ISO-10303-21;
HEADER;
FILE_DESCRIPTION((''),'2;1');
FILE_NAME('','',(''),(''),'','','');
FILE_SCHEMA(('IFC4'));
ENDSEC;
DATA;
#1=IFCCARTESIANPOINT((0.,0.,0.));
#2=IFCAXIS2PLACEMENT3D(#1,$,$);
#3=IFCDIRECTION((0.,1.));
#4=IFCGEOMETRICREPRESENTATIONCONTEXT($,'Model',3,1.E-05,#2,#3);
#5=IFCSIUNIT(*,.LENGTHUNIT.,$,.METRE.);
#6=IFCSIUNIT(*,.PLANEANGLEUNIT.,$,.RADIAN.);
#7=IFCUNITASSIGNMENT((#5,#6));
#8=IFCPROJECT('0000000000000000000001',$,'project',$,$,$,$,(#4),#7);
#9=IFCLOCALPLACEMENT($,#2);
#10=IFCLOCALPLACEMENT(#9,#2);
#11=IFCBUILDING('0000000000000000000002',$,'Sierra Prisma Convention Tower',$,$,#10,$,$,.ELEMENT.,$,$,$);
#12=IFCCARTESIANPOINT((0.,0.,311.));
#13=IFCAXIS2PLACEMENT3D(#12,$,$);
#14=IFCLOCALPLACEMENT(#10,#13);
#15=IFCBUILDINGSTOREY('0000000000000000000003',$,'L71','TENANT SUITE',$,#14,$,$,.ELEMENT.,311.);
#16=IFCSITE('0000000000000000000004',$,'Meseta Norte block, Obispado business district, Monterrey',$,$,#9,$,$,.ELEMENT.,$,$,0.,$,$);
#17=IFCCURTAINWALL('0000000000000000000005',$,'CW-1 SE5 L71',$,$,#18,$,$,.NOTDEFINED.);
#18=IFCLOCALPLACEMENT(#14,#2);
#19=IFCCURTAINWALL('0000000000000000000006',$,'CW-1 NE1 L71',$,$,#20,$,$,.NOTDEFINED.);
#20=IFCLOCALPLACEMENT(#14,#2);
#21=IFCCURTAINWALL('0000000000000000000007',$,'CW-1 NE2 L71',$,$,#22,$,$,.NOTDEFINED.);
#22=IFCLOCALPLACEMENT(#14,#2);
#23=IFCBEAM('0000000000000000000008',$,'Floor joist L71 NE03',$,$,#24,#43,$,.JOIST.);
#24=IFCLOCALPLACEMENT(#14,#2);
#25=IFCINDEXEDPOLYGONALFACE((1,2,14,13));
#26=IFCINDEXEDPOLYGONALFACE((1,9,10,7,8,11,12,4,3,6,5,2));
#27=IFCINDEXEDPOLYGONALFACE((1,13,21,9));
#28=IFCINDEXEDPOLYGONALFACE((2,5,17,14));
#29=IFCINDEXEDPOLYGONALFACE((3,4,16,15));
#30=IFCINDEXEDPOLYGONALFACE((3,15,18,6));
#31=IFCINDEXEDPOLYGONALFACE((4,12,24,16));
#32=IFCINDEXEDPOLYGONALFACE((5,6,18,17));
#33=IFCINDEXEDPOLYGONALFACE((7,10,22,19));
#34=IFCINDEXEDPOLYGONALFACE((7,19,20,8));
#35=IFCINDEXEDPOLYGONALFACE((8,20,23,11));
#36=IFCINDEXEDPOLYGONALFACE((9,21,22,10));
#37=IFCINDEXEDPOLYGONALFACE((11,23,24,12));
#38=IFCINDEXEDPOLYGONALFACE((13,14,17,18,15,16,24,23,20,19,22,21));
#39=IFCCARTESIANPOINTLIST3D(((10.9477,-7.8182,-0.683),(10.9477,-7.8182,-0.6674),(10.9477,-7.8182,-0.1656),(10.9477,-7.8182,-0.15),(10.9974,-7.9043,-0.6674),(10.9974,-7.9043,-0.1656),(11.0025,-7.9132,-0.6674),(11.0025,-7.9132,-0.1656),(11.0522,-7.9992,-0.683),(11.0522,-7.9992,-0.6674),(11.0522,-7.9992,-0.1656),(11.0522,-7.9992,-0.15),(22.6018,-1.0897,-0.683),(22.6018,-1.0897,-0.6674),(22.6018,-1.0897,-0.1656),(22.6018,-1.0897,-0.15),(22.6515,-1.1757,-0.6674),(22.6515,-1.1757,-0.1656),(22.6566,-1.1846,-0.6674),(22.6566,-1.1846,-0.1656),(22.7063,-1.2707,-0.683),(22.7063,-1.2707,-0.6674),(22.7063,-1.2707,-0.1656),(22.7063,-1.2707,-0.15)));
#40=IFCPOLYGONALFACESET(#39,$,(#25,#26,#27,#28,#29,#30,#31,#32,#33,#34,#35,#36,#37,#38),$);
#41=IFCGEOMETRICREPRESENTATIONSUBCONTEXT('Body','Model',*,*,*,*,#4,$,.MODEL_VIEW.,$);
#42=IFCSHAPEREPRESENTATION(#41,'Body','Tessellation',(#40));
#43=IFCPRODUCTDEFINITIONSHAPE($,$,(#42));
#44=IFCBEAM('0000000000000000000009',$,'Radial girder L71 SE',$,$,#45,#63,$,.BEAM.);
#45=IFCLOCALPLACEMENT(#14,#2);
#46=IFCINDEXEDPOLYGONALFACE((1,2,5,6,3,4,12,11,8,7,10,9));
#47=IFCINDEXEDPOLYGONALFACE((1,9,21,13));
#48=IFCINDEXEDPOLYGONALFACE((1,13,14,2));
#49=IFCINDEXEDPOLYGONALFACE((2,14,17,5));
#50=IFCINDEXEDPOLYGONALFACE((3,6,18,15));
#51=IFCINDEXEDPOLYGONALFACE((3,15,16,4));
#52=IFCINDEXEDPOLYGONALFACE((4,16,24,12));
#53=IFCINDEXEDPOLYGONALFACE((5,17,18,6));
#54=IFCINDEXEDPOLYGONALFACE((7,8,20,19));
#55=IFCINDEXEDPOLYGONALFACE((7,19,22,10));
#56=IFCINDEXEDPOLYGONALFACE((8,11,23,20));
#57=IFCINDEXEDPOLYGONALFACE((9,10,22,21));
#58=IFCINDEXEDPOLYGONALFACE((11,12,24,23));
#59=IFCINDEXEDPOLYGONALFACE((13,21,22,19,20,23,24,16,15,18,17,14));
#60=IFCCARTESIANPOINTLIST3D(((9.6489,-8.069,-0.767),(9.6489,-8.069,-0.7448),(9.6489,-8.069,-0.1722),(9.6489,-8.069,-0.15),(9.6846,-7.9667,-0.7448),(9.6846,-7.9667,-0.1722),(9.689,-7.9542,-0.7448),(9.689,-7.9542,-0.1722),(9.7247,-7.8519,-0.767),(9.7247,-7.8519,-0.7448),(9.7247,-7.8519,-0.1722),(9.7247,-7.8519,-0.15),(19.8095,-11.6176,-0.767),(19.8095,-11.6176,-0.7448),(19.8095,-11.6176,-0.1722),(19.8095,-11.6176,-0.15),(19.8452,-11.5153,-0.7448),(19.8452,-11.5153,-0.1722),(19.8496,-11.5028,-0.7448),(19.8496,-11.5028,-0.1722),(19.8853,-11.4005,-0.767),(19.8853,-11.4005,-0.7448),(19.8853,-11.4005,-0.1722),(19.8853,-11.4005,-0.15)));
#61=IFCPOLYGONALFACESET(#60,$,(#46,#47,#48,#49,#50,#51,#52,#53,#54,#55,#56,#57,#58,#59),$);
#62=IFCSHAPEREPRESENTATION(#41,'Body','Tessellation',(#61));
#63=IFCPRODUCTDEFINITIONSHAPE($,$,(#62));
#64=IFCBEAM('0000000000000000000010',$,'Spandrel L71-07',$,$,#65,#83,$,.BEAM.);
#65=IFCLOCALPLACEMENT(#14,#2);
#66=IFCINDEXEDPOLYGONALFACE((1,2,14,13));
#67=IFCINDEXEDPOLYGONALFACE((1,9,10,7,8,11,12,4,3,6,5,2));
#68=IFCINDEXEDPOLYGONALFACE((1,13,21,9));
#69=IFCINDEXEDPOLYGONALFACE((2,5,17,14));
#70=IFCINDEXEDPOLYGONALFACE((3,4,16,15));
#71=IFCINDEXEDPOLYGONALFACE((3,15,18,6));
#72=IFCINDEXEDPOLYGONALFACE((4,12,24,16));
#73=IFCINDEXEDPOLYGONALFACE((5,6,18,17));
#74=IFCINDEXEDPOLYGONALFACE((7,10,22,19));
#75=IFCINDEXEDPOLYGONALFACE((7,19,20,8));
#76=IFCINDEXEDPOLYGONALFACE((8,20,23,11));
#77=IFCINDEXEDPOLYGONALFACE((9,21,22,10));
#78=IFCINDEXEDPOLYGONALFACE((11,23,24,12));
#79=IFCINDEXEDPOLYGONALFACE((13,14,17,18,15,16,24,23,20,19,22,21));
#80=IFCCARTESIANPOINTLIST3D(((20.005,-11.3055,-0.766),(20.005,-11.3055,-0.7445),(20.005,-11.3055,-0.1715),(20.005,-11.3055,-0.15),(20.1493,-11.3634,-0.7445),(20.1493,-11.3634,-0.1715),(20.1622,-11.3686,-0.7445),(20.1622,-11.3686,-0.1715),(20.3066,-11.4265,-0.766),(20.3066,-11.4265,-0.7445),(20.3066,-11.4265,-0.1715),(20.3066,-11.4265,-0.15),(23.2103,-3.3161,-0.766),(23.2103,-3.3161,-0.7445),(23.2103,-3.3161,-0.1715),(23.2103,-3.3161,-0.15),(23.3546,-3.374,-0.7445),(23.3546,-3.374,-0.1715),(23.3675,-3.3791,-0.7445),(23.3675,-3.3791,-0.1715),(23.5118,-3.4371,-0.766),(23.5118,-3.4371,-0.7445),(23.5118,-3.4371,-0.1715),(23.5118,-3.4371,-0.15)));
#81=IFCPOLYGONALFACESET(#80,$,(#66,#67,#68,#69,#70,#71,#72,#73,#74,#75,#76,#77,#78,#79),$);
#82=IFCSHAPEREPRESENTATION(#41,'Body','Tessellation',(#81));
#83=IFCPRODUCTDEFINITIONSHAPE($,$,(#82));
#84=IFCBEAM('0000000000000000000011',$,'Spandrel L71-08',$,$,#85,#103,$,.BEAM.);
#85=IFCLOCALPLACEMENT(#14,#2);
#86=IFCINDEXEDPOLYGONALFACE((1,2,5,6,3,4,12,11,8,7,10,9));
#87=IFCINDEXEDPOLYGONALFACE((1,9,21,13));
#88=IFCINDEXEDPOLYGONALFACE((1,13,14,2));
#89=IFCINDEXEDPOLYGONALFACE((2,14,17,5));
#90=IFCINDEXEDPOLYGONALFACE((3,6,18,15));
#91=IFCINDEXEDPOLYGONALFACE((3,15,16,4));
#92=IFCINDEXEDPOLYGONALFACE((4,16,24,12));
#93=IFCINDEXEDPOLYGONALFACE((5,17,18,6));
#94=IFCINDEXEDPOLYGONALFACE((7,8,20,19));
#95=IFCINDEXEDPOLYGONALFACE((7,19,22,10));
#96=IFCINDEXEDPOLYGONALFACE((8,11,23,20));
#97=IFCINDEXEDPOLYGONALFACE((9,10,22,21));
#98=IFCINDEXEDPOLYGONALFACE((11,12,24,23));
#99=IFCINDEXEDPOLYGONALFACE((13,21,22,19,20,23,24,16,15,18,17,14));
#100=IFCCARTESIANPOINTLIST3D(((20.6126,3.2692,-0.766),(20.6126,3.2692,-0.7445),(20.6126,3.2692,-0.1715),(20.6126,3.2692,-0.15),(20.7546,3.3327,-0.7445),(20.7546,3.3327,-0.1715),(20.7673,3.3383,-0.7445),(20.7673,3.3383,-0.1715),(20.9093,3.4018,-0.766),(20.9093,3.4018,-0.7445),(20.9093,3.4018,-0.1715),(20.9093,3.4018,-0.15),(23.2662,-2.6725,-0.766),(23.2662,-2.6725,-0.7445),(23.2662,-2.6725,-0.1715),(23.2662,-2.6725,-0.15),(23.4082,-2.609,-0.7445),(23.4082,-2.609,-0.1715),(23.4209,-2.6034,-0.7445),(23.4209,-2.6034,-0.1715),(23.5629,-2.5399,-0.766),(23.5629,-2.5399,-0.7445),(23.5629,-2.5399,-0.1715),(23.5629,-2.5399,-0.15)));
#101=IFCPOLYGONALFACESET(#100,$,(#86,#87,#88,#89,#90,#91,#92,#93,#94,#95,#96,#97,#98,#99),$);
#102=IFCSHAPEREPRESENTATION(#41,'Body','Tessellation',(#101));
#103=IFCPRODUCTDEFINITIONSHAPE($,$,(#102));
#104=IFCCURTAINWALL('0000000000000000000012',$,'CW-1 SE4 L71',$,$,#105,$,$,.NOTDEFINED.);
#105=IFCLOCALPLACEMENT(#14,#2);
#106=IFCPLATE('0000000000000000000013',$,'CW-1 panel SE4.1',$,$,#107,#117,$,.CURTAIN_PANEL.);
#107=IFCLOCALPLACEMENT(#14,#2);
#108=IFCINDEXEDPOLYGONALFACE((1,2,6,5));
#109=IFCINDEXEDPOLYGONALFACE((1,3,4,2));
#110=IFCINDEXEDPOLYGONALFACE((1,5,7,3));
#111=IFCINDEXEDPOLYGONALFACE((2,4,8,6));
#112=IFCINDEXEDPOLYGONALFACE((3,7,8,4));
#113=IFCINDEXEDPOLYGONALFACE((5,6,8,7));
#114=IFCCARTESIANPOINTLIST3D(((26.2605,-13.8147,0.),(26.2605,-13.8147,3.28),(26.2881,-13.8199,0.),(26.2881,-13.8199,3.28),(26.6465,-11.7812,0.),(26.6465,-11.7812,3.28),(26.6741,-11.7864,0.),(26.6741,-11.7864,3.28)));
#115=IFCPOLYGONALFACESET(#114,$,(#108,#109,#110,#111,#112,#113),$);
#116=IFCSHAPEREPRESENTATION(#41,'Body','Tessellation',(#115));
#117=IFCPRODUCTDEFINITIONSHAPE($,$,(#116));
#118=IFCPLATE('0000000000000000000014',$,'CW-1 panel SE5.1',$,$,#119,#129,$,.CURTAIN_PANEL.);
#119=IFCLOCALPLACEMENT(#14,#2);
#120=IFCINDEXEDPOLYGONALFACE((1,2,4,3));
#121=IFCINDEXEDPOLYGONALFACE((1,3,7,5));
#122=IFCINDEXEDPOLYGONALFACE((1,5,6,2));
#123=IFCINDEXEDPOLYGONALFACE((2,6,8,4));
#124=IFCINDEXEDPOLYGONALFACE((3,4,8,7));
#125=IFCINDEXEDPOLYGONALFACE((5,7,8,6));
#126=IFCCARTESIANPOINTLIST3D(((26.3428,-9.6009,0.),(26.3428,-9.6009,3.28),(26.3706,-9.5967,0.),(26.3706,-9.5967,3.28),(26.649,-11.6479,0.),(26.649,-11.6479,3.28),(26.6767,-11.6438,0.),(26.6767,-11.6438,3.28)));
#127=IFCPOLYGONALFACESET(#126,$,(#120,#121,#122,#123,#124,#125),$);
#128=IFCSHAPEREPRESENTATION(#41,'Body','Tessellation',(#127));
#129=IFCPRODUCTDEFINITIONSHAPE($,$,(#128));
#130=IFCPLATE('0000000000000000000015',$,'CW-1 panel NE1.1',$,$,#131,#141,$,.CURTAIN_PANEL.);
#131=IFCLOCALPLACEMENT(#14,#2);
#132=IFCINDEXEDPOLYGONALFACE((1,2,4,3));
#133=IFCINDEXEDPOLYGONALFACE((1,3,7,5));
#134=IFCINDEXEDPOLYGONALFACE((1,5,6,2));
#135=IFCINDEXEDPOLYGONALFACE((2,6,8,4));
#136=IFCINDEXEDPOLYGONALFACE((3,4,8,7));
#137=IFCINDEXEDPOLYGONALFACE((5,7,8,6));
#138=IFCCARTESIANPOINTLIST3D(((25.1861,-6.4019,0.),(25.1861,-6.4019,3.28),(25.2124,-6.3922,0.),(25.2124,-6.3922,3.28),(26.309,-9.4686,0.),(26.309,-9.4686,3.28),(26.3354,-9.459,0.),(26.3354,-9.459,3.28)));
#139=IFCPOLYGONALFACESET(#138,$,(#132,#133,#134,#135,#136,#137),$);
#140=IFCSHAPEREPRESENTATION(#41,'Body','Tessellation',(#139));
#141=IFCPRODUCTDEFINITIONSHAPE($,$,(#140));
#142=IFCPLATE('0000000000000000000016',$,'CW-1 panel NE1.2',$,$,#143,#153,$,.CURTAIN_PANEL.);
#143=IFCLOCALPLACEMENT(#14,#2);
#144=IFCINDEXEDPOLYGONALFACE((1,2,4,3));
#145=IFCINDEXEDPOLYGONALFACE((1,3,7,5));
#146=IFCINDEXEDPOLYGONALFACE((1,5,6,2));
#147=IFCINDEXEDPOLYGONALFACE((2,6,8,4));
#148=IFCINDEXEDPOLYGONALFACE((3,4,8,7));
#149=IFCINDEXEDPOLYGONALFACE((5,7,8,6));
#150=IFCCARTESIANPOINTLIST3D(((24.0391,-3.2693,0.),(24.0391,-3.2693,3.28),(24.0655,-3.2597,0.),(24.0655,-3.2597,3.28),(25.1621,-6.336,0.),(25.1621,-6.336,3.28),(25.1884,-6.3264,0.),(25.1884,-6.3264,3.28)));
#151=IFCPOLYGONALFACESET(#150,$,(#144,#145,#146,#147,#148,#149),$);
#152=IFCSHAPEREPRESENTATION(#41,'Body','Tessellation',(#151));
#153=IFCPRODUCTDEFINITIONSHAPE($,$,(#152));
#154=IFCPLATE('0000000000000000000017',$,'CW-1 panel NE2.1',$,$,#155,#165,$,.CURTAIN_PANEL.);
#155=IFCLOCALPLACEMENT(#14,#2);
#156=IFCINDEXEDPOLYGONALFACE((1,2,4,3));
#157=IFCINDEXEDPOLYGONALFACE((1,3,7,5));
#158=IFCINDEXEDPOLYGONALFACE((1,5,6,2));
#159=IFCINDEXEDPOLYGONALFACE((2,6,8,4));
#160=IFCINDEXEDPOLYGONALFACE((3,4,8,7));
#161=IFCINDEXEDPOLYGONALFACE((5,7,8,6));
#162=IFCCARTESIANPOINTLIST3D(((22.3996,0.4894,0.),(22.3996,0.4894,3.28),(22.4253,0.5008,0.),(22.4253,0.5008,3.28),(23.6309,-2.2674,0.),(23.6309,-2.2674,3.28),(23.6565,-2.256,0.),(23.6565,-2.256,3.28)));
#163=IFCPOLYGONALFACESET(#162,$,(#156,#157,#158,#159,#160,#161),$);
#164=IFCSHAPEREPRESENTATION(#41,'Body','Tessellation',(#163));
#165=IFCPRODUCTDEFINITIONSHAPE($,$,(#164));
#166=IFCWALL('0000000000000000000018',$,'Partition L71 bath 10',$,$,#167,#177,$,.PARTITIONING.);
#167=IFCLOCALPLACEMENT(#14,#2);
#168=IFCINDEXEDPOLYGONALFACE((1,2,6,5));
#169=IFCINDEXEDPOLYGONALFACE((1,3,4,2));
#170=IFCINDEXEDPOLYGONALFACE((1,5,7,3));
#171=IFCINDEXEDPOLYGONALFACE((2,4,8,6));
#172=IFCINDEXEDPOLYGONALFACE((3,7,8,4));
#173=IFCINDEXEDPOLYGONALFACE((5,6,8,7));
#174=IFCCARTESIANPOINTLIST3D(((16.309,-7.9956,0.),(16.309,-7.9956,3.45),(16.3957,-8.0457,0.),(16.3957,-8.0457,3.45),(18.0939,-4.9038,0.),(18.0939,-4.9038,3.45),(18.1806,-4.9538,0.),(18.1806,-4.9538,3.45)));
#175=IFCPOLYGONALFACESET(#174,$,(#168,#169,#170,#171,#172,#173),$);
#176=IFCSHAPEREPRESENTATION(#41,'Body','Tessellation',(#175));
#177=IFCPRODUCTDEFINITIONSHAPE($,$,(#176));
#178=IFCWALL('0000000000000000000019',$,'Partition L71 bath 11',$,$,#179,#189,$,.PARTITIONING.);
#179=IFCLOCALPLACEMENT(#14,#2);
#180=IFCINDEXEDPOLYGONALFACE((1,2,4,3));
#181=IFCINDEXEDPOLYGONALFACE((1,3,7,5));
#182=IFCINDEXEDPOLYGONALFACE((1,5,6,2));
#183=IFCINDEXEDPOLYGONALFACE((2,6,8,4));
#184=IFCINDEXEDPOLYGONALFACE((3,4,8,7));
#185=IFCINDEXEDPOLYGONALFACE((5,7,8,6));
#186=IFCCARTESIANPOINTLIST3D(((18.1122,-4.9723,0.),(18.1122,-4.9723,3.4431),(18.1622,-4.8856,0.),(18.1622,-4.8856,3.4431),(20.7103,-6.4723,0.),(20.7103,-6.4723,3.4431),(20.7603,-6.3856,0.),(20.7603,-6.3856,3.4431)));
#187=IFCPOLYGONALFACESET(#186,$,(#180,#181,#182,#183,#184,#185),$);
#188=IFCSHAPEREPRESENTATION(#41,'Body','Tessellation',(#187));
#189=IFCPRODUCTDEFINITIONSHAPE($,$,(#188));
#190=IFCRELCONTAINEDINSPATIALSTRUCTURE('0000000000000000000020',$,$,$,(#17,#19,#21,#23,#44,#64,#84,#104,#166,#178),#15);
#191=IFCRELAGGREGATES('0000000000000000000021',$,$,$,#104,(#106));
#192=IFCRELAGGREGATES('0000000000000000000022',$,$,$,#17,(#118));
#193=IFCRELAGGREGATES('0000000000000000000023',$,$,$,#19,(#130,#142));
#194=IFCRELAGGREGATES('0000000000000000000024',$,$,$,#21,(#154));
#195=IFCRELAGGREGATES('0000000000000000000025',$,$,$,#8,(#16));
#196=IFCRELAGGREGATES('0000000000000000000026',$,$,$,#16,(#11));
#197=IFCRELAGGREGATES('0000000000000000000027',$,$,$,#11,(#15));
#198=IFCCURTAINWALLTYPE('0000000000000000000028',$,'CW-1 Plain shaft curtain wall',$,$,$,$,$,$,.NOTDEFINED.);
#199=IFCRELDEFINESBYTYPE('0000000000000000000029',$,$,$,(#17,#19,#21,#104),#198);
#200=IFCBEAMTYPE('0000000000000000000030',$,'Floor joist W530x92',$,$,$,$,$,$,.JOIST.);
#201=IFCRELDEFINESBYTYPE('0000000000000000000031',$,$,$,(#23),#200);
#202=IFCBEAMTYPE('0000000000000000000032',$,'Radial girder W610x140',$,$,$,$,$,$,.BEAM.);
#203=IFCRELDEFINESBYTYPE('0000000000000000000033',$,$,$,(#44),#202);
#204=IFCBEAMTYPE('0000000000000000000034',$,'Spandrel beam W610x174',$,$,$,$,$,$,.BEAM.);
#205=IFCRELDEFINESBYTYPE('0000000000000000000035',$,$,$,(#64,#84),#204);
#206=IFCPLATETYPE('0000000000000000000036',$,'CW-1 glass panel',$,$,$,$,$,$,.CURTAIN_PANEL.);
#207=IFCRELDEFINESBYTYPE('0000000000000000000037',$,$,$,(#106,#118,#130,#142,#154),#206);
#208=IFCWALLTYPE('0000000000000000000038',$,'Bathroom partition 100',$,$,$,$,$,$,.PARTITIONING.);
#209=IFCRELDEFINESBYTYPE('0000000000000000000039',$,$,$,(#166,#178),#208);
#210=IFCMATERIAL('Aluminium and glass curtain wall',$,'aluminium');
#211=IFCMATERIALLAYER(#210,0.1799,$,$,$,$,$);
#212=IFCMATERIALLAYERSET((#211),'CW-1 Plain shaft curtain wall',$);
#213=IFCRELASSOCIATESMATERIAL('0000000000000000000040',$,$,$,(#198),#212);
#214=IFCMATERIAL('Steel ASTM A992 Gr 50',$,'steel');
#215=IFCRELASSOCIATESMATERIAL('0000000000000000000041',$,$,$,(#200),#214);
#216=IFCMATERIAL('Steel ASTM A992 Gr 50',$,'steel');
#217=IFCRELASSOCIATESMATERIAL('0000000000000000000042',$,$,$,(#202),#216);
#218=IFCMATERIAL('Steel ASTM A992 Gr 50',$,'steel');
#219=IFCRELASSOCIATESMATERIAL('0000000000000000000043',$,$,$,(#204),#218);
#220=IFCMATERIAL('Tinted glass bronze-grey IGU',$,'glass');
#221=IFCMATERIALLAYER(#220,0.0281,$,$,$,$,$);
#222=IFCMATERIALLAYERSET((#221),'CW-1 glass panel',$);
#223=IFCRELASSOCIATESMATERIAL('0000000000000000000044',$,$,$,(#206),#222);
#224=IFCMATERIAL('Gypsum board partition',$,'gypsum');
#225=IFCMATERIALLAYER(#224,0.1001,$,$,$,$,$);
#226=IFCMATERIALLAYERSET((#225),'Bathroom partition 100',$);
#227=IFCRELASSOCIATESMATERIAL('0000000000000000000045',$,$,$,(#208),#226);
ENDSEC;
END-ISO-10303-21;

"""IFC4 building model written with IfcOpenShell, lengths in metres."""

from ifc_helpers import new_model, si_unit, direction, frame, frame_2d, origin, origin_2d, place, context, subcontext, project, spatial, rectangle, i_section, extrude, material, layer, layer_set, material_profile, profile_set, type_object, element, aggregate, save


model = new_model("IFC4")

# Units and contexts
model_context = context("Model", 3, precision=1e-05, world=origin(), true_north=direction((0.0, 1.0)))
body_context = subcontext(model_context, "Body", "Model", "MODEL_VIEW")
ifc_project = project(units=[si_unit("LENGTHUNIT", "METRE"), si_unit("PLANEANGLEUNIT", "RADIAN")], contexts=[model_context])

# Site, building, storey
site_placement = place(None, origin())
site = spatial("IfcSite", under=ifc_project, at=site_placement, Name="Meseta Norte block, Obispado business district, Monterrey", CompositionType="ELEMENT", RefElevation=0.0)
building_placement = place(site_placement, origin())
building = spatial("IfcBuilding", under=site, at=building_placement, Name="Sierra Prisma Convention Tower", CompositionType="ELEMENT")
storey_placement = place(building_placement, frame((0.0, 0.0, 311.0)))
storey = spatial("IfcBuildingStorey", under=building, at=storey_placement, Name="L71", Description="TENANT SUITE", CompositionType="ELEMENT", Elevation=311.0)

# Curtain wall
ifc_material_1 = material(Name="Aluminium and glass curtain wall", Category="aluminium")
ifc_layer_1 = layer(ifc_material_1, 0.1799)
ifc_layer_set_1 = layer_set([ifc_layer_1], Name="CW-1 Plain shaft curtain wall")
curtain_wall_type = type_object("IfcCurtainWallType", Name="CW-1 Plain shaft curtain wall", PredefinedType="NOTDEFINED", material=ifc_layer_set_1)
curtain_wall_1_placement = place(storey_placement, origin())
curtain_wall_1 = element("IfcCurtainWall", 1, at=curtain_wall_1_placement, inside=storey, type_object=curtain_wall_type, Name="CW-1 SE5 L71", PredefinedType="NOTDEFINED")

# Curtain wall
curtain_wall_2_placement = place(storey_placement, origin())
curtain_wall_2 = element("IfcCurtainWall", 2, at=curtain_wall_2_placement, inside=storey, type_object=curtain_wall_type, Name="CW-1 NE1 L71", PredefinedType="NOTDEFINED")

# Curtain wall
curtain_wall_3_placement = place(storey_placement, origin())
curtain_wall_3 = element("IfcCurtainWall", 3, at=curtain_wall_3_placement, inside=storey, type_object=curtain_wall_type, Name="CW-1 NE2 L71", PredefinedType="NOTDEFINED")

# Beams
ifc_material_2 = material(Name="Steel ASTM A992 Gr 50", Category="steel")
ifc_material_profile_1 = material_profile(ifc_material_2, i_section(OverallWidth=0.209, OverallDepth=0.533, WebThickness=0.0103, FlangeThickness=0.0156, at=origin_2d()), Name="W530x92")
ifc_profile_set_1 = profile_set([ifc_material_profile_1], Name="Steel ASTM A992 Gr 50")
beam_type_1 = type_object("IfcBeamType", Name="Floor joist W530x92", PredefinedType="JOIST", material=ifc_profile_set_1)
beam_1_placement = place(storey_placement, frame((22.6541, -1.1802, -0.4165), z_axis=(-0.866024, -0.500003, 0.0), x_axis=(0.500003, -0.866024, 0.0)))
element("IfcBeam", 4, at=beam_1_placement, inside=storey, type_object=beam_type_1, Name="Floor joist L71 NE03", PredefinedType="JOIST", context=body_context, shape_type="SweptSolid", body=[
    extrude(i_section(OverallWidth=0.209, OverallDepth=0.533, WebThickness=0.0103, FlangeThickness=0.0156, at=origin_2d()), origin(), (0.0, 0.0, 1.0), 13.457),
])
ifc_material_3 = material(Name="Steel ASTM A992 Gr 50", Category="steel")
ifc_material_profile_2 = material_profile(ifc_material_3, i_section(OverallWidth=0.23, OverallDepth=0.6169, WebThickness=0.0132, FlangeThickness=0.0222, at=origin_2d()), Name="W610x140")
ifc_profile_set_2 = profile_set([ifc_material_profile_2], Name="Steel ASTM A992 Gr 50")
beam_type_2 = type_object("IfcBeamType", Name="Radial girder W610x140", PredefinedType="BEAM", material=ifc_profile_set_2)
beam_2_placement = place(storey_placement, frame((19.8474, -11.509, -0.4585), z_axis=(-0.94408, 0.329718, 0.0), x_axis=(-0.329718, -0.94408, 0.0)))
element("IfcBeam", 5, at=beam_2_placement, inside=storey, type_object=beam_type_2, Name="Radial girder L71 SE", PredefinedType="BEAM", context=body_context, shape_type="SweptSolid", body=[
    extrude(i_section(OverallWidth=0.23, OverallDepth=0.6169, WebThickness=0.0132, FlangeThickness=0.0222, at=origin_2d()), origin(), (0.0, 0.0, 1.0), 10.7625),
])
ifc_material_4 = material(Name="Steel ASTM A992 Gr 50", Category="steel")
ifc_material_profile_3 = material_profile(ifc_material_4, i_section(OverallWidth=0.325, OverallDepth=0.616, WebThickness=0.0139, FlangeThickness=0.0215, at=origin_2d()), Name="W610x174")
ifc_profile_set_3 = profile_set([ifc_material_profile_3], Name="Steel ASTM A992 Gr 50")
beam_type_3 = type_object("IfcBeamType", Name="Spandrel beam W610x174", PredefinedType="BEAM", material=ifc_profile_set_3)
beam_3_placement = place(storey_placement, frame((20.1558, -11.366, -0.458), z_axis=(0.372344, 0.928095, 0.0), x_axis=(-0.928095, 0.372344, 0.0)))
element("IfcBeam", 6, at=beam_3_placement, inside=storey, type_object=beam_type_3, Name="Spandrel L71-07", PredefinedType="BEAM", context=body_context, shape_type="SweptSolid", body=[
    extrude(i_section(OverallWidth=0.325, OverallDepth=0.616, WebThickness=0.0139, FlangeThickness=0.0215, at=origin_2d()), origin(), (0.0, 0.0, 1.0), 8.6084),
])
beam_4_placement = place(storey_placement, frame((23.4146, -2.6062, -0.458), z_axis=(-0.407784, 0.913078, 0.0), x_axis=(-0.913078, -0.407784, 0.0)))
element("IfcBeam", 7, at=beam_4_placement, inside=storey, type_object=beam_type_3, Name="Spandrel L71-08", PredefinedType="BEAM", context=body_context, shape_type="SweptSolid", body=[
    extrude(i_section(OverallWidth=0.325, OverallDepth=0.616, WebThickness=0.0139, FlangeThickness=0.0215, at=origin_2d()), origin(), (0.0, 0.0, 1.0), 6.5073),
])

# Curtain wall, plate
curtain_wall_4_placement = place(storey_placement, origin())
curtain_wall_4 = element("IfcCurtainWall", 8, at=curtain_wall_4_placement, inside=storey, type_object=curtain_wall_type, Name="CW-1 SE4 L71", PredefinedType="NOTDEFINED")
ifc_material_5 = material(Name="Tinted glass bronze-grey IGU", Category="glass")
ifc_layer_2 = layer(ifc_material_5, 0.0281)
ifc_layer_set_2 = layer_set([ifc_layer_2], Name="CW-1 glass panel")
plate_type = type_object("IfcPlateType", Name="CW-1 glass panel", PredefinedType="CURTAIN_PANEL", material=ifc_layer_set_2)
plate_1_placement = place(storey_placement, frame((26.4673, -12.8005, 0.0), z_axis=(0.0, 0.0, 1.0), x_axis=(0.186464, 0.982462, 0.0)))
plate_1 = element("IfcPlate", 9, at=plate_1_placement, type_object=plate_type, Name="CW-1 panel SE4.1", PredefinedType="CURTAIN_PANEL", context=body_context, shape_type="SweptSolid", body=[
    extrude(rectangle(XDim=2.0698, YDim=0.0281, at=origin_2d()), origin(), (0.0, 0.0, 1.0), 3.28),
])
aggregate(curtain_wall_4, [plate_1])

# Plates
plate_2_placement = place(storey_placement, frame((26.5098, -10.6223, 0.0), z_axis=(0.0, 0.0, 1.0), x_axis=(-0.147929, 0.988998, 0.0)))
plate_2 = element("IfcPlate", 10, at=plate_2_placement, type_object=plate_type, Name="CW-1 panel SE5.1", PredefinedType="CURTAIN_PANEL", context=body_context, shape_type="SweptSolid", body=[
    extrude(rectangle(XDim=2.0698, YDim=0.0281, at=origin_2d()), origin(), (0.0, 0.0, 1.0), 3.28),
])
aggregate(curtain_wall_1, [plate_2])
plate_3_placement = place(storey_placement, frame((25.7607, -7.9304, 0.0), z_axis=(0.0, 0.0, 1.0), x_axis=(-0.343847, 0.939026, 0.0)))
plate_3 = element("IfcPlate", 11, at=plate_3_placement, type_object=plate_type, Name="CW-1 panel NE1.1", PredefinedType="CURTAIN_PANEL", context=body_context, shape_type="SweptSolid", body=[
    extrude(rectangle(XDim=3.2659, YDim=0.0281, at=origin_2d()), origin(), (0.0, 0.0, 1.0), 3.28),
])
plate_4_placement = place(storey_placement, frame((24.6138, -4.7979, 0.0), z_axis=(0.0, 0.0, 1.0), x_axis=(-0.343847, 0.939026, 0.0)))
plate_4 = element("IfcPlate", 12, at=plate_4_placement, type_object=plate_type, Name="CW-1 panel NE1.2", PredefinedType="CURTAIN_PANEL", context=body_context, shape_type="SweptSolid", body=[
    extrude(rectangle(XDim=3.2659, YDim=0.0281, at=origin_2d()), origin(), (0.0, 0.0, 1.0), 3.28),
])
aggregate(curtain_wall_2, [plate_3, plate_4])
plate_5_placement = place(storey_placement, frame((23.0281, -0.8833, 0.0), z_axis=(0.0, 0.0, 1.0), x_axis=(-0.407802, 0.91307, 0.0)))
plate_5 = element("IfcPlate", 13, at=plate_5_placement, type_object=plate_type, Name="CW-1 panel NE2.1", PredefinedType="CURTAIN_PANEL", context=body_context, shape_type="SweptSolid", body=[
    extrude(rectangle(XDim=3.0193, YDim=0.0281, at=origin_2d()), origin(), (0.0, 0.0, 1.0), 3.28),
])
aggregate(curtain_wall_3, [plate_5])

# Walls
ifc_material_6 = material(Name="Gypsum board partition", Category="gypsum")
ifc_layer_3 = layer(ifc_material_6, 0.1001)
ifc_layer_set_3 = layer_set([ifc_layer_3], Name="Bathroom partition 100")
wall_type_1 = type_object("IfcWallType", Name="Bathroom partition 100", PredefinedType="PARTITIONING", material=ifc_layer_set_3)
wall_1_placement = place(storey_placement, frame((16.3523, -8.0208, 0.0), z_axis=(0.0, 0.0, 1.0), x_axis=(0.499971, 0.866042, 0.0)))
element("IfcWall", 14, at=wall_1_placement, inside=storey, type_object=wall_type_1, Name="Partition L71 bath 10", PredefinedType="PARTITIONING", context=body_context, shape_type="SweptSolid", body=[
    extrude(rectangle(XDim=3.5701, YDim=0.1001, at=frame_2d((1.7852, 0.0))), origin(), (0.0, 0.0, 1.0), 3.45),
])
wall_2_placement = place(storey_placement, frame((18.1372, -4.929, 0.0), z_axis=(0.0, 0.0, 1.0), x_axis=(0.866031, -0.49999, 0.0)))
element("IfcWall", 15, at=wall_2_placement, inside=storey, type_object=wall_type_1, Name="Partition L71 bath 11", PredefinedType="PARTITIONING", context=body_context, shape_type="SweptSolid", body=[
    extrude(rectangle(XDim=3.0, YDim=0.1001, at=frame_2d((1.5, 0.0))), origin(), (0.0, 0.0, 1.0), 3.4431),
])

save(model, "model.ifc")
